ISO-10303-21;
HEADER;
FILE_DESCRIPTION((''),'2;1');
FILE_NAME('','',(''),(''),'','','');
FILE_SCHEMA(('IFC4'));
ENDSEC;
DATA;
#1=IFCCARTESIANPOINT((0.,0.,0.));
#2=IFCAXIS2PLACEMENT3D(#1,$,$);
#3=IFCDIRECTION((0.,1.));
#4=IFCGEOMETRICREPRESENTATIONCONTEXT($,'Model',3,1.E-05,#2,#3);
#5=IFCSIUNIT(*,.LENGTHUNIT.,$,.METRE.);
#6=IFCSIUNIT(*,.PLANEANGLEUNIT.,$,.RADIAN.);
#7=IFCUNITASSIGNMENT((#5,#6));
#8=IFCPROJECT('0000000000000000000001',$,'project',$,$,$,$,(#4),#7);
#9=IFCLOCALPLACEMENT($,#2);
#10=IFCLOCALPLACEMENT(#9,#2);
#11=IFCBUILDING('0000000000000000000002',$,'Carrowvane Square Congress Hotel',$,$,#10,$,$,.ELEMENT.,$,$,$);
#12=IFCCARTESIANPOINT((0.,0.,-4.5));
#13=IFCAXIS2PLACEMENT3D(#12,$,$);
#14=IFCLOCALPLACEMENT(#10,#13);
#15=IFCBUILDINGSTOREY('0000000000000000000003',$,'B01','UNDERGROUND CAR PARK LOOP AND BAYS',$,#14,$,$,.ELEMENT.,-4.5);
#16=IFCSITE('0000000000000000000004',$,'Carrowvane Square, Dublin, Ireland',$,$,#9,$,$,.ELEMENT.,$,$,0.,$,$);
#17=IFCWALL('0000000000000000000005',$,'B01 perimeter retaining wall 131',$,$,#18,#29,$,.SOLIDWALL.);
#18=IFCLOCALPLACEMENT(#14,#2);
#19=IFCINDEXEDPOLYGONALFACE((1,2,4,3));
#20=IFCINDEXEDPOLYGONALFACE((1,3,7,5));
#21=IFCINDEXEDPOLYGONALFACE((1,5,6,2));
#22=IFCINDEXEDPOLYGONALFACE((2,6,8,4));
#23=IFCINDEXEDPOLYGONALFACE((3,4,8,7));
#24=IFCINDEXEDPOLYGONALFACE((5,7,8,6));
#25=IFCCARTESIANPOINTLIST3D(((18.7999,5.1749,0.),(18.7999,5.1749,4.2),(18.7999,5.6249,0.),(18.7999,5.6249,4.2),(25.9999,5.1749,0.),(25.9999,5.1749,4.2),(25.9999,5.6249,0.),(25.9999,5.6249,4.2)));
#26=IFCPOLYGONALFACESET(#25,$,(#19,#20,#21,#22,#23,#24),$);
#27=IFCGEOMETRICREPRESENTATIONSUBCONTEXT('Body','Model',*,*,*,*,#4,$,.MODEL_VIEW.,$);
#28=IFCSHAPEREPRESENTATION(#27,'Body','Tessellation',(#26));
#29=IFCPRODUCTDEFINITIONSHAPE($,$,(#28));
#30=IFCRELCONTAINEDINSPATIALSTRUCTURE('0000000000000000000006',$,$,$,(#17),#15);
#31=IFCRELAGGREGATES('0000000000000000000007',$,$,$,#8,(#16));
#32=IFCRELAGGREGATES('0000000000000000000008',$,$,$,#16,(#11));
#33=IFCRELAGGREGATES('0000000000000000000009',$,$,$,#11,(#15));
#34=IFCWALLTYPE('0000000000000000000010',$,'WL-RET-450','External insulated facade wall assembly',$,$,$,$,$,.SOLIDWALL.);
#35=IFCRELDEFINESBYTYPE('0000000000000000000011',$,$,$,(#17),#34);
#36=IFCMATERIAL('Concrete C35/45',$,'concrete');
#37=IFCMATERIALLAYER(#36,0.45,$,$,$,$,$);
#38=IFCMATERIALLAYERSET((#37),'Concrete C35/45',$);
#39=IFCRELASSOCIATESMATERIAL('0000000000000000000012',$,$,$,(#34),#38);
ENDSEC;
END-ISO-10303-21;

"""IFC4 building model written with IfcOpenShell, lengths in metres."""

from ifc_helpers import new_model, si_unit, direction, frame, frame_2d, origin, place, context, subcontext, project, spatial, rectangle, extrude, material, layer, layer_set, type_object, element, save


model = new_model("IFC4")

# Units and contexts
model_context = context("Model", 3, precision=1e-05, world=origin(), true_north=direction((0.0, 1.0)))
body_context = subcontext(model_context, "Body", "Model", "MODEL_VIEW")
ifc_project = project(units=[si_unit("LENGTHUNIT", "METRE"), si_unit("PLANEANGLEUNIT", "RADIAN")], contexts=[model_context])

# Site, building, storey
site_placement = place(None, origin())
site = spatial("IfcSite", under=ifc_project, at=site_placement, Name="Carrowvane Square, Dublin, Ireland", CompositionType="ELEMENT", RefElevation=0.0)
building_placement = place(site_placement, origin())
building = spatial("IfcBuilding", under=site, at=building_placement, Name="Carrowvane Square Congress Hotel", CompositionType="ELEMENT")
storey_placement = place(building_placement, frame((0.0, 0.0, -4.5)))
storey = spatial("IfcBuildingStorey", under=building, at=storey_placement, Name="B01", Description="UNDERGROUND CAR PARK LOOP AND BAYS", CompositionType="ELEMENT", Elevation=-4.5)

# Wall
ifc_material_1 = material(Name="Concrete C35/45", Category="concrete")
ifc_layer = layer(ifc_material_1, 0.45)
ifc_layer_set = layer_set([ifc_layer], Name="Concrete C35/45")
wall_type = type_object("IfcWallType", Name="WL-RET-450", Description="External insulated facade wall assembly", PredefinedType="SOLIDWALL", material=ifc_layer_set)
wall_placement = place(storey_placement, frame((26.0, 5.3999, 0.0), z_axis=(0.0, 0.0, 1.0), x_axis=(-1.0, 0.0, 0.0)))
element("IfcWall", 1, at=wall_placement, inside=storey, type_object=wall_type, Name="B01 perimeter retaining wall 131", PredefinedType="SOLIDWALL", context=body_context, shape_type="SweptSolid", body=[
    extrude(rectangle(XDim=7.2, YDim=0.45, at=frame_2d((3.6001, 0.0))), origin(), (0.0, 0.0, 1.0), 4.2),
])

save(model, "model.ifc")
